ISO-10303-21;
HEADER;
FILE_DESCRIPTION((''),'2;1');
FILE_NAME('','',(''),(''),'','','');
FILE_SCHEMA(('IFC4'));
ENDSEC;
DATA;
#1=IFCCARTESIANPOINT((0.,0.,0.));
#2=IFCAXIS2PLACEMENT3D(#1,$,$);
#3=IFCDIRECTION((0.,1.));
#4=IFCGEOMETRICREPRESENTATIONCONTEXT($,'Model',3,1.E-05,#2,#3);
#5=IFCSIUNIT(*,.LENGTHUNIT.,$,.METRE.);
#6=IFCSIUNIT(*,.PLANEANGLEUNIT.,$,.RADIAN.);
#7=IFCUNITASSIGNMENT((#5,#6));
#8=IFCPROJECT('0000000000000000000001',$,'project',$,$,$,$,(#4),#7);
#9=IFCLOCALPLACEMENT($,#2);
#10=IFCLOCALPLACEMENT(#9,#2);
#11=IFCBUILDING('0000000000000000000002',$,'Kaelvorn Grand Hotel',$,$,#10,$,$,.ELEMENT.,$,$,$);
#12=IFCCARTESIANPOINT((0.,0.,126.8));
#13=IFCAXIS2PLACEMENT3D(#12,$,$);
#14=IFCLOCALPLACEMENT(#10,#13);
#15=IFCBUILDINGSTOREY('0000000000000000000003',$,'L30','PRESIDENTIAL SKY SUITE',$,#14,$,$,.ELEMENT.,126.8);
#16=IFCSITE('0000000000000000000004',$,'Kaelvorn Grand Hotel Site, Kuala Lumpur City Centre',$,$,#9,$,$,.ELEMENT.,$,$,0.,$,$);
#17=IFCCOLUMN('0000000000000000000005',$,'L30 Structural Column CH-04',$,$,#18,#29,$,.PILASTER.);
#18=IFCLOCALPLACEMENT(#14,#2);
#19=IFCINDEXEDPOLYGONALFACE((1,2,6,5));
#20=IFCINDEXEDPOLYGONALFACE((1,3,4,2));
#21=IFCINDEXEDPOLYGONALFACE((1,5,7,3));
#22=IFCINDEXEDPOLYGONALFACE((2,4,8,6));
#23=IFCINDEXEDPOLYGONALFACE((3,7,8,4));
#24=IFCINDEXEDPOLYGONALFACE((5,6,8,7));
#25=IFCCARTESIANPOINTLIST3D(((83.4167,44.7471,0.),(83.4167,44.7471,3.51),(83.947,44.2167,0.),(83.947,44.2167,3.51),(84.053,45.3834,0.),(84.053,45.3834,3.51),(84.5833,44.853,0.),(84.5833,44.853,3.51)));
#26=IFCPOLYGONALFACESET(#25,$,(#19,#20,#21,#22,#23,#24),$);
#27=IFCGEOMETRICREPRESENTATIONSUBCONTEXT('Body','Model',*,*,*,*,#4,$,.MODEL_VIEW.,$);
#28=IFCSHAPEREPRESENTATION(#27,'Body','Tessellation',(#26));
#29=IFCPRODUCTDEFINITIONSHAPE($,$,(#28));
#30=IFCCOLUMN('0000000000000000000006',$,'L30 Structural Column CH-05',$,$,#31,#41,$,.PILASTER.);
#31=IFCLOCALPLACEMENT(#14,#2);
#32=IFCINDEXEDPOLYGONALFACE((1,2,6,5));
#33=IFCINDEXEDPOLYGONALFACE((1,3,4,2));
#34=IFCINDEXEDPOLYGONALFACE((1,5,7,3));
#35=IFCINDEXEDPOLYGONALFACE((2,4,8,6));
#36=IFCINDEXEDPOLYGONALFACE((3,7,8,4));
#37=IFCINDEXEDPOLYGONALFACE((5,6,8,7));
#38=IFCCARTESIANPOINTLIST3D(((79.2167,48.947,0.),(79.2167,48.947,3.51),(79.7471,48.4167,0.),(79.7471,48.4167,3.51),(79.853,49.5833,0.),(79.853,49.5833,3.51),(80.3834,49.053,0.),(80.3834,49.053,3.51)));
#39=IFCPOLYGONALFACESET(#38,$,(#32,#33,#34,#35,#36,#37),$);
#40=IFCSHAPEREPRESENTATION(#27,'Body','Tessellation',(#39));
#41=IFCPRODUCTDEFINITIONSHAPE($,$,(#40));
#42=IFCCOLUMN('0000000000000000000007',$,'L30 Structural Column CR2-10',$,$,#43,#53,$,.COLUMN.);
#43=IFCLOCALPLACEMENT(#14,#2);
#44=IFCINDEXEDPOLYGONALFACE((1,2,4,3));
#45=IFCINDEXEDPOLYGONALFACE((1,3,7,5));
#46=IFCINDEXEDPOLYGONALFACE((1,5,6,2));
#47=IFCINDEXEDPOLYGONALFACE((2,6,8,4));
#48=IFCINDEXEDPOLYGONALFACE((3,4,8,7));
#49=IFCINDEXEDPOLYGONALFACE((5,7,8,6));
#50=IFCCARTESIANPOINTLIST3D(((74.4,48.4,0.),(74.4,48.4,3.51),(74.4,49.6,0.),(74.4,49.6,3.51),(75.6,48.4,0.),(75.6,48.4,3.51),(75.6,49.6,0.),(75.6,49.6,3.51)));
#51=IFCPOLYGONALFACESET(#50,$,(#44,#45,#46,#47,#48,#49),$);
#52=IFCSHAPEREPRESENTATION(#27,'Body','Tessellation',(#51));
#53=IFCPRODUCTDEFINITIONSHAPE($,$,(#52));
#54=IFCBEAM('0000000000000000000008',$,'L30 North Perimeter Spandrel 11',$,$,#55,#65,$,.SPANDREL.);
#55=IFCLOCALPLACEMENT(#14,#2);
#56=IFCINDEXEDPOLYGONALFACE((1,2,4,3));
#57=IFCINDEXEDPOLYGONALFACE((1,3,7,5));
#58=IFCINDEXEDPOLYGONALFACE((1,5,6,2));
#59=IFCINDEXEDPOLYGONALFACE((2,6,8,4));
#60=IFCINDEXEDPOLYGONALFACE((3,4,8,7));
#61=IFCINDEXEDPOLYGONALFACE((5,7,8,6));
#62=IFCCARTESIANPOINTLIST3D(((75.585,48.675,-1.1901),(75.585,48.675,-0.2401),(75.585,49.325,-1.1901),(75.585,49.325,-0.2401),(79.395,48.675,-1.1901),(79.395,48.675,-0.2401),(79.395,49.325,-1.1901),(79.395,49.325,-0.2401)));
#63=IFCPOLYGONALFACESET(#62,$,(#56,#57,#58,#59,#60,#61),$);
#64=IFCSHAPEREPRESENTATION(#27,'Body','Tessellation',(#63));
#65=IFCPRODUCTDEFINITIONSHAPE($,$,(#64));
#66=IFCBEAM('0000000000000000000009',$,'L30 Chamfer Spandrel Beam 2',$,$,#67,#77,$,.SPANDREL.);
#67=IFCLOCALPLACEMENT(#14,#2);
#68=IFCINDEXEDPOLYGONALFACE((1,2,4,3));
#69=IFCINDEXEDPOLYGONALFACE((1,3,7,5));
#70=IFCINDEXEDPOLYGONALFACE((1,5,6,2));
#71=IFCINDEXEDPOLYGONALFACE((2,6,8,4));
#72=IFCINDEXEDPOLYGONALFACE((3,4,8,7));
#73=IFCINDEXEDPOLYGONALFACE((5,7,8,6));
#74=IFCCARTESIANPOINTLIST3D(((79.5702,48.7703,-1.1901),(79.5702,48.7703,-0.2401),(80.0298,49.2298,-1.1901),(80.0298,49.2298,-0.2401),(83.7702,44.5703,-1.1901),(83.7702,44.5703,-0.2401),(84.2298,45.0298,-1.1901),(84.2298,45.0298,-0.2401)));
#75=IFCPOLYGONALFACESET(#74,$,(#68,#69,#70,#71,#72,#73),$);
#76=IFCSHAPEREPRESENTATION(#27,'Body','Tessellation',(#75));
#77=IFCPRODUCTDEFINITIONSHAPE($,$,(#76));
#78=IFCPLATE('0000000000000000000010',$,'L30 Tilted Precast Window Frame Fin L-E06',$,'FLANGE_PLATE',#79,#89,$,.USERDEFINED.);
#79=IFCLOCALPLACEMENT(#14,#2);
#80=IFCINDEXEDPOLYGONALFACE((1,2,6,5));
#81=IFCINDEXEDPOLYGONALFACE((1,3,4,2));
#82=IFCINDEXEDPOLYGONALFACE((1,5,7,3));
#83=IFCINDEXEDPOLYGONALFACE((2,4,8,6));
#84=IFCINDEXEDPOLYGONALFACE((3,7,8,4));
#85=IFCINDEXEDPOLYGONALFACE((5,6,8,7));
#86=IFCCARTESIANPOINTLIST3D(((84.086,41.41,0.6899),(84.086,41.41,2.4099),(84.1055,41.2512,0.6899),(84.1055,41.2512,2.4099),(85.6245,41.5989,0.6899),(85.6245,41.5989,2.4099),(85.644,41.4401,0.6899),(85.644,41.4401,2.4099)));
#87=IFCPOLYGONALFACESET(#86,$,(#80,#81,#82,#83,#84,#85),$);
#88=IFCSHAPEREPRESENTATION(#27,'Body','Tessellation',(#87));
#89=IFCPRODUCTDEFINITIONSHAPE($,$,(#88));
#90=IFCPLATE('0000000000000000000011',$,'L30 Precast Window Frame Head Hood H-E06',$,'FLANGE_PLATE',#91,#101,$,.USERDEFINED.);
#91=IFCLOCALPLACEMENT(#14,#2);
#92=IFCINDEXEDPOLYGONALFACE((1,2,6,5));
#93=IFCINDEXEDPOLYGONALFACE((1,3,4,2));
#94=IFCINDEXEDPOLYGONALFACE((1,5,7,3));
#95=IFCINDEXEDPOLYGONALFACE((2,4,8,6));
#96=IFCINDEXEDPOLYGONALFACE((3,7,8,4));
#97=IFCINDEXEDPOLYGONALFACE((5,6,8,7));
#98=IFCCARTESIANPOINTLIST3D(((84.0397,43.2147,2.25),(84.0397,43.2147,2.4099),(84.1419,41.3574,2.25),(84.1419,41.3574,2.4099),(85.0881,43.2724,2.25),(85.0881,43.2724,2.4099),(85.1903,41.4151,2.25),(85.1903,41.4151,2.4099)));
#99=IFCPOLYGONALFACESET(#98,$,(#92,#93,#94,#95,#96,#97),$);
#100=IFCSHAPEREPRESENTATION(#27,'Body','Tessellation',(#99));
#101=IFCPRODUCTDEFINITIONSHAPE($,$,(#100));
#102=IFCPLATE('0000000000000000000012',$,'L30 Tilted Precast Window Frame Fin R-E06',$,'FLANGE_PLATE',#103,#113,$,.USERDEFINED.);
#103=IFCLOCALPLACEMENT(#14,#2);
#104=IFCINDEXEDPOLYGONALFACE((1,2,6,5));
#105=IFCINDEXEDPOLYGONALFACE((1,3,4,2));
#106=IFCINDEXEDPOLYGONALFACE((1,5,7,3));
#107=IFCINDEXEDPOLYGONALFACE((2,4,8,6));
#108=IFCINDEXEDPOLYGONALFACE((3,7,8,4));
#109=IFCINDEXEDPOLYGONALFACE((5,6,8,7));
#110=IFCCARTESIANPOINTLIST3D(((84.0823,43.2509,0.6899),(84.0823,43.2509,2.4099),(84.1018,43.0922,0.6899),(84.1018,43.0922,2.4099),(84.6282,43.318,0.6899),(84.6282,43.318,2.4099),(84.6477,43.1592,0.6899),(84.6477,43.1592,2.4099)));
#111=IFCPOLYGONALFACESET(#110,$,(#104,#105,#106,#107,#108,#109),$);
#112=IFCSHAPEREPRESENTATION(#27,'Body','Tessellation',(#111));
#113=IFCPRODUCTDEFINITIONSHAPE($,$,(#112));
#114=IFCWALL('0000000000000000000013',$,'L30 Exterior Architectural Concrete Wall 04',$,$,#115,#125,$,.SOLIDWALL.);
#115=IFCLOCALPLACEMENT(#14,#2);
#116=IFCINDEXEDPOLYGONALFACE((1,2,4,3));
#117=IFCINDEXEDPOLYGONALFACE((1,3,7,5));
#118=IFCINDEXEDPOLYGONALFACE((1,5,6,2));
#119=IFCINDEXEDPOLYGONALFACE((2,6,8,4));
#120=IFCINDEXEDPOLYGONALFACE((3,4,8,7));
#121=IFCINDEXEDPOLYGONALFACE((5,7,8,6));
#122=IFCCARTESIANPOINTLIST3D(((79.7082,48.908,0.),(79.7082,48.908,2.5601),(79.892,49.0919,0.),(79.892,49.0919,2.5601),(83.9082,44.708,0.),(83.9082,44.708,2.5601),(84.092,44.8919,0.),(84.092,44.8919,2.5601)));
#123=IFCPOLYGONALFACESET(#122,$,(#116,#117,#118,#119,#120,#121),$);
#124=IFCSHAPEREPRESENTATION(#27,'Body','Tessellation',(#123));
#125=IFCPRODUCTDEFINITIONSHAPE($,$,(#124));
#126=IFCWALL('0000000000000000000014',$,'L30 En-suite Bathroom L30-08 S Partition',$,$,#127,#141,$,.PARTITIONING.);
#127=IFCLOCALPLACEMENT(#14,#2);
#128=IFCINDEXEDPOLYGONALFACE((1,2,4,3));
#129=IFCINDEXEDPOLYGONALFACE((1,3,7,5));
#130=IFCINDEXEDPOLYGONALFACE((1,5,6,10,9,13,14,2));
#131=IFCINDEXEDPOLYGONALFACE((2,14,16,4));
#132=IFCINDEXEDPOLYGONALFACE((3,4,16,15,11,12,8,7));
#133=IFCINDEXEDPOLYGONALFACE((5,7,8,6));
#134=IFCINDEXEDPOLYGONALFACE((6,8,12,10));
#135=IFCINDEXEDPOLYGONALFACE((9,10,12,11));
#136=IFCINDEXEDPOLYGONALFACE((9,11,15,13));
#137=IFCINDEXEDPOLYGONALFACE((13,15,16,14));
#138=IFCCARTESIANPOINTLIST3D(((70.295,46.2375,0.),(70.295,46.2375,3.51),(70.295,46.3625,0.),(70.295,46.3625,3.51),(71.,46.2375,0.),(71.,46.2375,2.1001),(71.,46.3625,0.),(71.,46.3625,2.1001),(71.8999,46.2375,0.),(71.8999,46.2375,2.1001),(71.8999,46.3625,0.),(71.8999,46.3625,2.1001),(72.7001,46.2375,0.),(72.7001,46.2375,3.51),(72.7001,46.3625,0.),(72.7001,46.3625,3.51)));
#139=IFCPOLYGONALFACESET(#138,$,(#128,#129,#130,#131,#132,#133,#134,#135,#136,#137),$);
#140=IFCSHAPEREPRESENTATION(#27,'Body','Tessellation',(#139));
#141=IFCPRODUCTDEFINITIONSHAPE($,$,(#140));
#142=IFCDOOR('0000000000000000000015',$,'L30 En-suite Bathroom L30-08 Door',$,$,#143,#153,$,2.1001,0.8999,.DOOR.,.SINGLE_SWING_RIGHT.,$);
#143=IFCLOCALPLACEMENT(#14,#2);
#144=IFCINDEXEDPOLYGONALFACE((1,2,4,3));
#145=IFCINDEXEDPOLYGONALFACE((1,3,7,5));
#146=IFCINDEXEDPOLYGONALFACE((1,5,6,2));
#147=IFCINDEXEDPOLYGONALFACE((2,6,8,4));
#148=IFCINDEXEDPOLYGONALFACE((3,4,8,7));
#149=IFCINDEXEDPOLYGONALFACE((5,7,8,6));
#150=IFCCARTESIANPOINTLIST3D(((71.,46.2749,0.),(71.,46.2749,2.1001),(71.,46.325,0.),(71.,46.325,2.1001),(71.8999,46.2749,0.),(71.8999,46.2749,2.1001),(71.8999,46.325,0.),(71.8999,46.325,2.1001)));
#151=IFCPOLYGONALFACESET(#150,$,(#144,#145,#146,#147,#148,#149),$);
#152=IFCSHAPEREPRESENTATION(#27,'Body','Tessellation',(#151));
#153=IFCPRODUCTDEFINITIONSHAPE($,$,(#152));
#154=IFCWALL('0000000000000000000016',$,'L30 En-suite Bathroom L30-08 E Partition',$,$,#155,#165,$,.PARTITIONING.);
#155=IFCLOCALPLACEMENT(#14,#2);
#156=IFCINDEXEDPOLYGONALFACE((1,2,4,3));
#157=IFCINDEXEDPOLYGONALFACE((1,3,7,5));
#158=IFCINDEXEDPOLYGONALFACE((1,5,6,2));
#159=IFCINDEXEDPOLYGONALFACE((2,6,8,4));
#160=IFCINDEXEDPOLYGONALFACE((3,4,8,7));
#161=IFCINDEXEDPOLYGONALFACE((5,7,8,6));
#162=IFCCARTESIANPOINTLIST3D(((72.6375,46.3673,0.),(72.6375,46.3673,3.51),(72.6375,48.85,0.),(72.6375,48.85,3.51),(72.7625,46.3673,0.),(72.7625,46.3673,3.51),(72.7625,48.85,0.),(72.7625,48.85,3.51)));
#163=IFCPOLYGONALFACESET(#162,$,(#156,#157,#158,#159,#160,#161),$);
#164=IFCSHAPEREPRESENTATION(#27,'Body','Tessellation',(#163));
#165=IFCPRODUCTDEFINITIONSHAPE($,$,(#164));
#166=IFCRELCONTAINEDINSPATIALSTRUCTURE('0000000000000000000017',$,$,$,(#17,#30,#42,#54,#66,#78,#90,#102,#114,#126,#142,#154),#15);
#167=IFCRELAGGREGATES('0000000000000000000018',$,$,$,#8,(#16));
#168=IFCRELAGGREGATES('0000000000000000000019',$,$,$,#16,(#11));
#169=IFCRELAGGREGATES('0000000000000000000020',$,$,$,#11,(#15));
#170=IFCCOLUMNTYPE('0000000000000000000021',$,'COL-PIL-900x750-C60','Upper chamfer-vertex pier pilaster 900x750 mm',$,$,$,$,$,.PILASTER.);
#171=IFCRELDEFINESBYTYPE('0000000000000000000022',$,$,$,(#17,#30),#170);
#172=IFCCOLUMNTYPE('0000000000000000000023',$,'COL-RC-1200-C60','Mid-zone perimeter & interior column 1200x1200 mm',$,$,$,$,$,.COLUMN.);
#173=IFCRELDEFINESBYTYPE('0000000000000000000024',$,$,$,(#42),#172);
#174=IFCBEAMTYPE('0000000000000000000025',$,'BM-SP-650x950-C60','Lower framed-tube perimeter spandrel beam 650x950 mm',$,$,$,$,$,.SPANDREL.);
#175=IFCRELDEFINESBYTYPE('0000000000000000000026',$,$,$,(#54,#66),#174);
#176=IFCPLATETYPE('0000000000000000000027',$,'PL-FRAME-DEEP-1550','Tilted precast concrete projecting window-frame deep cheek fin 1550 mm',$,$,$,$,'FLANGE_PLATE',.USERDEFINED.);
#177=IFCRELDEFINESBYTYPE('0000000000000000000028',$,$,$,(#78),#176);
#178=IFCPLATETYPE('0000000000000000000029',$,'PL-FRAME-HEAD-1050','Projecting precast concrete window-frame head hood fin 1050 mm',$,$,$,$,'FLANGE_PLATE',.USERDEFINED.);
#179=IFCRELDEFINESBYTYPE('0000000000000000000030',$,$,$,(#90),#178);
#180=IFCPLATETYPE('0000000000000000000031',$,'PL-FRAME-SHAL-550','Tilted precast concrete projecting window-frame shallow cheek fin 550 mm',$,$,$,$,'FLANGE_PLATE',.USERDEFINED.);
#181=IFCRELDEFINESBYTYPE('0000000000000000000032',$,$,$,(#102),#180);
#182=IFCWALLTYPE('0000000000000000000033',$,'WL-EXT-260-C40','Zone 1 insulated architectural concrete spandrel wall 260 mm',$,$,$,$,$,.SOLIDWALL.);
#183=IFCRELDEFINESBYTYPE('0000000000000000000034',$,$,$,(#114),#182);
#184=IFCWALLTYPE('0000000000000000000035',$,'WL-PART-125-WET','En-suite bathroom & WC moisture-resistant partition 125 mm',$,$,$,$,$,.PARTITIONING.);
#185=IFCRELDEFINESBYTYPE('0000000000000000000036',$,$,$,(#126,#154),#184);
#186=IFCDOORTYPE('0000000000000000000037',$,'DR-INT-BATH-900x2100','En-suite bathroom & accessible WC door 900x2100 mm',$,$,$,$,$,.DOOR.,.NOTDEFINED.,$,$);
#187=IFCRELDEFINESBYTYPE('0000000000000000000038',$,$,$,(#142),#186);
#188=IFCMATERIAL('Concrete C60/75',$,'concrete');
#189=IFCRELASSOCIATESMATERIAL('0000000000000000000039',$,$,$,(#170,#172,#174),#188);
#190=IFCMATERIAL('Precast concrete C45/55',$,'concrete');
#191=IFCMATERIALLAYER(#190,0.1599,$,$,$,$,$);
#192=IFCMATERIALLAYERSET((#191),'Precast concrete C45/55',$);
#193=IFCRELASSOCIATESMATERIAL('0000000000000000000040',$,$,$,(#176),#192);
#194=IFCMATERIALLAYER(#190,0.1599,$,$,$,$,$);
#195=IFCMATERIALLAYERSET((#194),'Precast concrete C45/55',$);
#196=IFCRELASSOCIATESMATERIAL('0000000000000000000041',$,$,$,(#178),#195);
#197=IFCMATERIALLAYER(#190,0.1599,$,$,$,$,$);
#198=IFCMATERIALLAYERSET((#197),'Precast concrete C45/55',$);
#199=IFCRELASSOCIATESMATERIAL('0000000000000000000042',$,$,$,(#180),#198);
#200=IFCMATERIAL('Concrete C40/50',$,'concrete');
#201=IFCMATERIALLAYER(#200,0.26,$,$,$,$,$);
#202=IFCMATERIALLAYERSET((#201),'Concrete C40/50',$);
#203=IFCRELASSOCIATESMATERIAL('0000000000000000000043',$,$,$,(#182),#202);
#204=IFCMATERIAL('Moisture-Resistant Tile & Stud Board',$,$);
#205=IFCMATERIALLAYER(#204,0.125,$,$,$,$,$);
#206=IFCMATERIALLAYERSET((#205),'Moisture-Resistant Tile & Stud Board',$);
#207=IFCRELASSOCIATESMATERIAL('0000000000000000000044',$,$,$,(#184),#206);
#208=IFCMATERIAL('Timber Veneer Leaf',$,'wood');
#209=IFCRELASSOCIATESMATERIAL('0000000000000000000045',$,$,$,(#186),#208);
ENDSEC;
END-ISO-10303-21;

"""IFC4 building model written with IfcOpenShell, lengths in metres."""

from ifc_helpers import new_model, si_unit, direction, frame, frame_2d, origin, origin_2d, place, context, subcontext, project, spatial, rectangle, extrude, material, layer, layer_set, material_profile, profile_set, type_object, element, fill, save


model = new_model("IFC4")

# Units and contexts
model_context = context("Model", 3, precision=1e-05, world=origin(), true_north=direction((0.0, 1.0)))
body_context = subcontext(model_context, "Body", "Model", "MODEL_VIEW")
ifc_project = project(units=[si_unit("LENGTHUNIT", "METRE"), si_unit("PLANEANGLEUNIT", "RADIAN")], contexts=[model_context])

# Site, building, storey
site_placement = place(None, origin())
site = spatial("IfcSite", under=ifc_project, at=site_placement, Name="Kaelvorn Grand Hotel Site, Kuala Lumpur City Centre", CompositionType="ELEMENT", RefElevation=0.0)
building_placement = place(site_placement, origin())
building = spatial("IfcBuilding", under=site, at=building_placement, Name="Kaelvorn Grand Hotel", CompositionType="ELEMENT")
storey_placement = place(building_placement, frame((0.0, 0.0, 126.8)))
storey = spatial("IfcBuildingStorey", under=building, at=storey_placement, Name="L30", Description="PRESIDENTIAL SKY SUITE", CompositionType="ELEMENT", Elevation=126.8)

# Columns
ifc_material_1 = material(Name="Concrete C60/75", Category="concrete")
ifc_material_profile_1 = material_profile(ifc_material_1, rectangle(XDim=0.8999, YDim=0.75, at=origin_2d()), Name="RC PILASTER 900x750")
ifc_profile_set_1 = profile_set([ifc_material_profile_1], Name="Concrete C60/75")
column_type_1 = type_object("IfcColumnType", Name="COL-PIL-900x750-C60", Description="Upper chamfer-vertex pier pilaster 900x750 mm", PredefinedType="PILASTER", material=ifc_profile_set_1)
for number, where, z_axis, x_axis, name in (
    (1, (84.0, 44.8, 0.0), (0.0, 0.0, 1.0), (0.707107, 0.707107, 0.0), "L30 Structural Column CH-04"),
    (2, (79.8, 49.0, 0.0), (0.0, 0.0, 1.0), (0.707107, 0.707107, 0.0), "L30 Structural Column CH-05"),
):
    element("IfcColumn", number, at=place(storey_placement, frame(where, z_axis=z_axis, x_axis=x_axis)), inside=storey, type_object=column_type_1, Name=name, PredefinedType="PILASTER", context=body_context, shape_type="SweptSolid", body=[
        extrude(rectangle(XDim=0.8999, YDim=0.75, at=origin_2d()), origin(), (0.0, 0.0, 1.0), 3.51),
    ])
ifc_material_profile_2 = material_profile(ifc_material_1, rectangle(XDim=1.2, YDim=1.2, at=origin_2d()), Name="RC COL 1200x1200")
ifc_profile_set_2 = profile_set([ifc_material_profile_2], Name="Concrete C60/75")
column_type_2 = type_object("IfcColumnType", Name="COL-RC-1200-C60", Description="Mid-zone perimeter & interior column 1200x1200 mm", PredefinedType="COLUMN", material=ifc_profile_set_2)
column_placement = place(storey_placement, frame((75.0, 49.0, 0.0), z_axis=(0.0, 0.0, 1.0), x_axis=(1.0, 0.0, 0.0)))
element("IfcColumn", 3, at=column_placement, inside=storey, type_object=column_type_2, Name="L30 Structural Column CR2-10", PredefinedType="COLUMN", context=body_context, shape_type="SweptSolid", body=[
    extrude(rectangle(XDim=1.2, YDim=1.2, at=origin_2d()), origin(), (0.0, 0.0, 1.0), 3.51),
])

# Beams
ifc_material_profile_3 = material_profile(ifc_material_1, rectangle(XDim=0.6499, YDim=0.95, at=origin_2d()), Name="RC SPANDREL 650x950")
ifc_profile_set_3 = profile_set([ifc_material_profile_3], Name="Concrete C60/75")
beam_type = type_object("IfcBeamType", Name="BM-SP-650x950-C60", Description="Lower framed-tube perimeter spandrel beam 650x950 mm", PredefinedType="SPANDREL", material=ifc_profile_set_3)
beam_1_placement = place(storey_placement, frame((75.585, 49.0, -0.7151), z_axis=(1.0, 0.0, 0.0), x_axis=(0.0, 1.0, 0.0)))
element("IfcBeam", 4, at=beam_1_placement, inside=storey, type_object=beam_type, Name="L30 North Perimeter Spandrel 11", PredefinedType="SPANDREL", context=body_context, shape_type="SweptSolid", body=[
    extrude(rectangle(XDim=0.6499, YDim=0.95, at=origin_2d()), origin(), (0.0, 0.0, 1.0), 3.8101),
])
beam_2_placement = place(storey_placement, frame((84.0, 44.8, -0.7151), z_axis=(-0.707107, 0.707107, 0.0), x_axis=(-0.707107, -0.707107, 0.0)))
element("IfcBeam", 5, at=beam_2_placement, inside=storey, type_object=beam_type, Name="L30 Chamfer Spandrel Beam 2", PredefinedType="SPANDREL", context=body_context, shape_type="SweptSolid", body=[
    extrude(rectangle(XDim=0.6499, YDim=0.95, at=origin_2d()), origin(), (0.0, 0.0, 1.0), 5.9397),
])

# Plates
ifc_material_2 = material(Name="Precast concrete C45/55", Category="concrete")
ifc_layer_1 = layer(ifc_material_2, 0.1599)
ifc_layer_set_1 = layer_set([ifc_layer_1], Name="Precast concrete C45/55")
plate_type_1 = type_object("IfcPlateType", Name="PL-FRAME-DEEP-1550", Description="Tilted precast concrete projecting window-frame deep cheek fin 1550 mm", ElementType="FLANGE_PLATE", PredefinedType="USERDEFINED", material=ifc_layer_set_1)
plate_1_placement = place(storey_placement, frame((84.865, 41.425, 0.6899), z_axis=(0.0, 0.0, 1.0), x_axis=(-0.121869, 0.992546, 0.0)))
element("IfcPlate", 6, at=plate_1_placement, inside=storey, type_object=plate_type_1, Name="L30 Tilted Precast Window Frame Fin L-E06", ObjectType="FLANGE_PLATE", PredefinedType="USERDEFINED", context=body_context, shape_type="SweptSolid", body=[
    extrude(rectangle(XDim=0.1599, YDim=1.55, at=origin_2d()), origin(), (0.0, 0.0, 1.0), 1.72),
])
ifc_layer_2 = layer(ifc_material_2, 0.1599)
ifc_layer_set_2 = layer_set([ifc_layer_2], Name="Precast concrete C45/55")
plate_type_2 = type_object("IfcPlateType", Name="PL-FRAME-HEAD-1050", Description="Projecting precast concrete window-frame head hood fin 1050 mm", ElementType="FLANGE_PLATE", PredefinedType="USERDEFINED", material=ifc_layer_set_2)
plate_2_placement = place(storey_placement, frame((84.615, 42.3149, 2.25), z_axis=(0.0, 0.0, 1.0), x_axis=(-0.05495, 0.998489, 0.0)))
element("IfcPlate", 7, at=plate_2_placement, inside=storey, type_object=plate_type_2, Name="L30 Precast Window Frame Head Hood H-E06", ObjectType="FLANGE_PLATE", PredefinedType="USERDEFINED", context=body_context, shape_type="SweptSolid", body=[
    extrude(rectangle(XDim=1.8601, YDim=1.05, at=origin_2d()), origin(), (0.0, 0.0, 1.0), 0.1599),
])
ifc_layer_3 = layer(ifc_material_2, 0.1599)
ifc_layer_set_3 = layer_set([ifc_layer_3], Name="Precast concrete C45/55")
plate_type_3 = type_object("IfcPlateType", Name="PL-FRAME-SHAL-550", Description="Tilted precast concrete projecting window-frame shallow cheek fin 550 mm", ElementType="FLANGE_PLATE", PredefinedType="USERDEFINED", material=ifc_layer_set_3)
plate_3_placement = place(storey_placement, frame((84.365, 43.2051, 0.6899), z_axis=(0.0, 0.0, 1.0), x_axis=(-0.121869, 0.992546, 0.0)))
element("IfcPlate", 8, at=plate_3_placement, inside=storey, type_object=plate_type_3, Name="L30 Tilted Precast Window Frame Fin R-E06", ObjectType="FLANGE_PLATE", PredefinedType="USERDEFINED", context=body_context, shape_type="SweptSolid", body=[
    extrude(rectangle(XDim=0.1599, YDim=0.55, at=origin_2d()), origin(), (0.0, 0.0, 1.0), 1.72),
])

# Wall
ifc_material_3 = material(Name="Concrete C40/50", Category="concrete")
ifc_layer_4 = layer(ifc_material_3, 0.26)
ifc_layer_set_4 = layer_set([ifc_layer_4], Name="Concrete C40/50")
wall_type_1 = type_object("IfcWallType", Name="WL-EXT-260-C40", Description="Zone 1 insulated architectural concrete spandrel wall 260 mm", PredefinedType="SOLIDWALL", material=ifc_layer_set_4)
wall_1_placement = place(storey_placement, frame((84.0, 44.8, 0.0), z_axis=(0.0, 0.0, 1.0), x_axis=(-0.707107, 0.707107, 0.0)))
element("IfcWall", 9, at=wall_1_placement, inside=storey, type_object=wall_type_1, Name="L30 Exterior Architectural Concrete Wall 04", PredefinedType="SOLIDWALL", context=body_context, shape_type="SweptSolid", body=[
    extrude(rectangle(XDim=5.9397, YDim=0.26, at=frame_2d((2.9697, 0.0))), origin(), (0.0, 0.0, 1.0), 2.5601),
])

# Wall, opening, door
ifc_material_4 = material(Name="Moisture-Resistant Tile & Stud Board")
ifc_layer_5 = layer(ifc_material_4, 0.125)
ifc_layer_set_5 = layer_set([ifc_layer_5], Name="Moisture-Resistant Tile & Stud Board")
wall_type_2 = type_object("IfcWallType", Name="WL-PART-125-WET", Description="En-suite bathroom & WC moisture-resistant partition 125 mm", PredefinedType="PARTITIONING", material=ifc_layer_set_5)
wall_2_placement = place(storey_placement, frame((70.2949, 46.3, 0.0), z_axis=(0.0, 0.0, 1.0), x_axis=(1.0, 0.0, 0.0)))
wall_2 = element("IfcWall", 10, at=wall_2_placement, inside=storey, type_object=wall_type_2, Name="L30 En-suite Bathroom L30-08 S Partition", PredefinedType="PARTITIONING", context=body_context, shape_type="SweptSolid", body=[
    extrude(rectangle(XDim=2.405, YDim=0.125, at=frame_2d((1.2026, 0.0))), origin(), (0.0, 0.0, 1.0), 3.51),
])
opening_1_placement = place(wall_2_placement, frame((0.7051, 0.0, 0.0)))
opening_1 = element("IfcOpeningElement", 11, at=opening_1_placement, cuts=wall_2, PredefinedType="OPENING", context=body_context, shape_type="SweptSolid", body=[
    extrude(rectangle(XDim=0.8999, YDim=2.1001, at=frame_2d((0.45, 1.05))), frame((0.0, 0.0725, 0.0), z_axis=(0.0, -1.0, 0.0), x_axis=(1.0, 0.0, 0.0)), (0.0, 0.0, 1.0), 0.145),
])
ifc_material_5 = material(Name="Timber Veneer Leaf", Category="wood")
door_type = type_object("IfcDoorType", Name="DR-INT-BATH-900x2100", Description="En-suite bathroom & accessible WC door 900x2100 mm", OperationType="NOTDEFINED", PredefinedType="DOOR", material=ifc_material_5)
door_placement = place(opening_1_placement, origin())
door = element("IfcDoor", 12, at=door_placement, inside=storey, type_object=door_type, Name="L30 En-suite Bathroom L30-08 Door", OperationType="SINGLE_SWING_RIGHT", OverallHeight=2.1001, OverallWidth=0.8999, PredefinedType="DOOR", context=body_context, shape_type="SweptSolid", body=[
    extrude(rectangle(XDim=0.8999, YDim=2.1001, at=frame_2d((0.45, 1.05))), frame((0.0, 0.0249, 0.0), z_axis=(0.0, -1.0, 0.0), x_axis=(1.0, 0.0, 0.0)), (0.0, 0.0, 1.0), 0.05),
])
fill(opening_1, door)

# Wall
wall_3_placement = place(storey_placement, frame((72.7, 46.3674, 0.0), z_axis=(0.0, 0.0, 1.0), x_axis=(0.0, 1.0, 0.0)))
element("IfcWall", 13, at=wall_3_placement, inside=storey, type_object=wall_type_2, Name="L30 En-suite Bathroom L30-08 E Partition", PredefinedType="PARTITIONING", context=body_context, shape_type="SweptSolid", body=[
    extrude(rectangle(XDim=2.4827, YDim=0.125, at=frame_2d((1.2412, 0.0))), origin(), (0.0, 0.0, 1.0), 3.51),
])

save(model, "model.ifc")
